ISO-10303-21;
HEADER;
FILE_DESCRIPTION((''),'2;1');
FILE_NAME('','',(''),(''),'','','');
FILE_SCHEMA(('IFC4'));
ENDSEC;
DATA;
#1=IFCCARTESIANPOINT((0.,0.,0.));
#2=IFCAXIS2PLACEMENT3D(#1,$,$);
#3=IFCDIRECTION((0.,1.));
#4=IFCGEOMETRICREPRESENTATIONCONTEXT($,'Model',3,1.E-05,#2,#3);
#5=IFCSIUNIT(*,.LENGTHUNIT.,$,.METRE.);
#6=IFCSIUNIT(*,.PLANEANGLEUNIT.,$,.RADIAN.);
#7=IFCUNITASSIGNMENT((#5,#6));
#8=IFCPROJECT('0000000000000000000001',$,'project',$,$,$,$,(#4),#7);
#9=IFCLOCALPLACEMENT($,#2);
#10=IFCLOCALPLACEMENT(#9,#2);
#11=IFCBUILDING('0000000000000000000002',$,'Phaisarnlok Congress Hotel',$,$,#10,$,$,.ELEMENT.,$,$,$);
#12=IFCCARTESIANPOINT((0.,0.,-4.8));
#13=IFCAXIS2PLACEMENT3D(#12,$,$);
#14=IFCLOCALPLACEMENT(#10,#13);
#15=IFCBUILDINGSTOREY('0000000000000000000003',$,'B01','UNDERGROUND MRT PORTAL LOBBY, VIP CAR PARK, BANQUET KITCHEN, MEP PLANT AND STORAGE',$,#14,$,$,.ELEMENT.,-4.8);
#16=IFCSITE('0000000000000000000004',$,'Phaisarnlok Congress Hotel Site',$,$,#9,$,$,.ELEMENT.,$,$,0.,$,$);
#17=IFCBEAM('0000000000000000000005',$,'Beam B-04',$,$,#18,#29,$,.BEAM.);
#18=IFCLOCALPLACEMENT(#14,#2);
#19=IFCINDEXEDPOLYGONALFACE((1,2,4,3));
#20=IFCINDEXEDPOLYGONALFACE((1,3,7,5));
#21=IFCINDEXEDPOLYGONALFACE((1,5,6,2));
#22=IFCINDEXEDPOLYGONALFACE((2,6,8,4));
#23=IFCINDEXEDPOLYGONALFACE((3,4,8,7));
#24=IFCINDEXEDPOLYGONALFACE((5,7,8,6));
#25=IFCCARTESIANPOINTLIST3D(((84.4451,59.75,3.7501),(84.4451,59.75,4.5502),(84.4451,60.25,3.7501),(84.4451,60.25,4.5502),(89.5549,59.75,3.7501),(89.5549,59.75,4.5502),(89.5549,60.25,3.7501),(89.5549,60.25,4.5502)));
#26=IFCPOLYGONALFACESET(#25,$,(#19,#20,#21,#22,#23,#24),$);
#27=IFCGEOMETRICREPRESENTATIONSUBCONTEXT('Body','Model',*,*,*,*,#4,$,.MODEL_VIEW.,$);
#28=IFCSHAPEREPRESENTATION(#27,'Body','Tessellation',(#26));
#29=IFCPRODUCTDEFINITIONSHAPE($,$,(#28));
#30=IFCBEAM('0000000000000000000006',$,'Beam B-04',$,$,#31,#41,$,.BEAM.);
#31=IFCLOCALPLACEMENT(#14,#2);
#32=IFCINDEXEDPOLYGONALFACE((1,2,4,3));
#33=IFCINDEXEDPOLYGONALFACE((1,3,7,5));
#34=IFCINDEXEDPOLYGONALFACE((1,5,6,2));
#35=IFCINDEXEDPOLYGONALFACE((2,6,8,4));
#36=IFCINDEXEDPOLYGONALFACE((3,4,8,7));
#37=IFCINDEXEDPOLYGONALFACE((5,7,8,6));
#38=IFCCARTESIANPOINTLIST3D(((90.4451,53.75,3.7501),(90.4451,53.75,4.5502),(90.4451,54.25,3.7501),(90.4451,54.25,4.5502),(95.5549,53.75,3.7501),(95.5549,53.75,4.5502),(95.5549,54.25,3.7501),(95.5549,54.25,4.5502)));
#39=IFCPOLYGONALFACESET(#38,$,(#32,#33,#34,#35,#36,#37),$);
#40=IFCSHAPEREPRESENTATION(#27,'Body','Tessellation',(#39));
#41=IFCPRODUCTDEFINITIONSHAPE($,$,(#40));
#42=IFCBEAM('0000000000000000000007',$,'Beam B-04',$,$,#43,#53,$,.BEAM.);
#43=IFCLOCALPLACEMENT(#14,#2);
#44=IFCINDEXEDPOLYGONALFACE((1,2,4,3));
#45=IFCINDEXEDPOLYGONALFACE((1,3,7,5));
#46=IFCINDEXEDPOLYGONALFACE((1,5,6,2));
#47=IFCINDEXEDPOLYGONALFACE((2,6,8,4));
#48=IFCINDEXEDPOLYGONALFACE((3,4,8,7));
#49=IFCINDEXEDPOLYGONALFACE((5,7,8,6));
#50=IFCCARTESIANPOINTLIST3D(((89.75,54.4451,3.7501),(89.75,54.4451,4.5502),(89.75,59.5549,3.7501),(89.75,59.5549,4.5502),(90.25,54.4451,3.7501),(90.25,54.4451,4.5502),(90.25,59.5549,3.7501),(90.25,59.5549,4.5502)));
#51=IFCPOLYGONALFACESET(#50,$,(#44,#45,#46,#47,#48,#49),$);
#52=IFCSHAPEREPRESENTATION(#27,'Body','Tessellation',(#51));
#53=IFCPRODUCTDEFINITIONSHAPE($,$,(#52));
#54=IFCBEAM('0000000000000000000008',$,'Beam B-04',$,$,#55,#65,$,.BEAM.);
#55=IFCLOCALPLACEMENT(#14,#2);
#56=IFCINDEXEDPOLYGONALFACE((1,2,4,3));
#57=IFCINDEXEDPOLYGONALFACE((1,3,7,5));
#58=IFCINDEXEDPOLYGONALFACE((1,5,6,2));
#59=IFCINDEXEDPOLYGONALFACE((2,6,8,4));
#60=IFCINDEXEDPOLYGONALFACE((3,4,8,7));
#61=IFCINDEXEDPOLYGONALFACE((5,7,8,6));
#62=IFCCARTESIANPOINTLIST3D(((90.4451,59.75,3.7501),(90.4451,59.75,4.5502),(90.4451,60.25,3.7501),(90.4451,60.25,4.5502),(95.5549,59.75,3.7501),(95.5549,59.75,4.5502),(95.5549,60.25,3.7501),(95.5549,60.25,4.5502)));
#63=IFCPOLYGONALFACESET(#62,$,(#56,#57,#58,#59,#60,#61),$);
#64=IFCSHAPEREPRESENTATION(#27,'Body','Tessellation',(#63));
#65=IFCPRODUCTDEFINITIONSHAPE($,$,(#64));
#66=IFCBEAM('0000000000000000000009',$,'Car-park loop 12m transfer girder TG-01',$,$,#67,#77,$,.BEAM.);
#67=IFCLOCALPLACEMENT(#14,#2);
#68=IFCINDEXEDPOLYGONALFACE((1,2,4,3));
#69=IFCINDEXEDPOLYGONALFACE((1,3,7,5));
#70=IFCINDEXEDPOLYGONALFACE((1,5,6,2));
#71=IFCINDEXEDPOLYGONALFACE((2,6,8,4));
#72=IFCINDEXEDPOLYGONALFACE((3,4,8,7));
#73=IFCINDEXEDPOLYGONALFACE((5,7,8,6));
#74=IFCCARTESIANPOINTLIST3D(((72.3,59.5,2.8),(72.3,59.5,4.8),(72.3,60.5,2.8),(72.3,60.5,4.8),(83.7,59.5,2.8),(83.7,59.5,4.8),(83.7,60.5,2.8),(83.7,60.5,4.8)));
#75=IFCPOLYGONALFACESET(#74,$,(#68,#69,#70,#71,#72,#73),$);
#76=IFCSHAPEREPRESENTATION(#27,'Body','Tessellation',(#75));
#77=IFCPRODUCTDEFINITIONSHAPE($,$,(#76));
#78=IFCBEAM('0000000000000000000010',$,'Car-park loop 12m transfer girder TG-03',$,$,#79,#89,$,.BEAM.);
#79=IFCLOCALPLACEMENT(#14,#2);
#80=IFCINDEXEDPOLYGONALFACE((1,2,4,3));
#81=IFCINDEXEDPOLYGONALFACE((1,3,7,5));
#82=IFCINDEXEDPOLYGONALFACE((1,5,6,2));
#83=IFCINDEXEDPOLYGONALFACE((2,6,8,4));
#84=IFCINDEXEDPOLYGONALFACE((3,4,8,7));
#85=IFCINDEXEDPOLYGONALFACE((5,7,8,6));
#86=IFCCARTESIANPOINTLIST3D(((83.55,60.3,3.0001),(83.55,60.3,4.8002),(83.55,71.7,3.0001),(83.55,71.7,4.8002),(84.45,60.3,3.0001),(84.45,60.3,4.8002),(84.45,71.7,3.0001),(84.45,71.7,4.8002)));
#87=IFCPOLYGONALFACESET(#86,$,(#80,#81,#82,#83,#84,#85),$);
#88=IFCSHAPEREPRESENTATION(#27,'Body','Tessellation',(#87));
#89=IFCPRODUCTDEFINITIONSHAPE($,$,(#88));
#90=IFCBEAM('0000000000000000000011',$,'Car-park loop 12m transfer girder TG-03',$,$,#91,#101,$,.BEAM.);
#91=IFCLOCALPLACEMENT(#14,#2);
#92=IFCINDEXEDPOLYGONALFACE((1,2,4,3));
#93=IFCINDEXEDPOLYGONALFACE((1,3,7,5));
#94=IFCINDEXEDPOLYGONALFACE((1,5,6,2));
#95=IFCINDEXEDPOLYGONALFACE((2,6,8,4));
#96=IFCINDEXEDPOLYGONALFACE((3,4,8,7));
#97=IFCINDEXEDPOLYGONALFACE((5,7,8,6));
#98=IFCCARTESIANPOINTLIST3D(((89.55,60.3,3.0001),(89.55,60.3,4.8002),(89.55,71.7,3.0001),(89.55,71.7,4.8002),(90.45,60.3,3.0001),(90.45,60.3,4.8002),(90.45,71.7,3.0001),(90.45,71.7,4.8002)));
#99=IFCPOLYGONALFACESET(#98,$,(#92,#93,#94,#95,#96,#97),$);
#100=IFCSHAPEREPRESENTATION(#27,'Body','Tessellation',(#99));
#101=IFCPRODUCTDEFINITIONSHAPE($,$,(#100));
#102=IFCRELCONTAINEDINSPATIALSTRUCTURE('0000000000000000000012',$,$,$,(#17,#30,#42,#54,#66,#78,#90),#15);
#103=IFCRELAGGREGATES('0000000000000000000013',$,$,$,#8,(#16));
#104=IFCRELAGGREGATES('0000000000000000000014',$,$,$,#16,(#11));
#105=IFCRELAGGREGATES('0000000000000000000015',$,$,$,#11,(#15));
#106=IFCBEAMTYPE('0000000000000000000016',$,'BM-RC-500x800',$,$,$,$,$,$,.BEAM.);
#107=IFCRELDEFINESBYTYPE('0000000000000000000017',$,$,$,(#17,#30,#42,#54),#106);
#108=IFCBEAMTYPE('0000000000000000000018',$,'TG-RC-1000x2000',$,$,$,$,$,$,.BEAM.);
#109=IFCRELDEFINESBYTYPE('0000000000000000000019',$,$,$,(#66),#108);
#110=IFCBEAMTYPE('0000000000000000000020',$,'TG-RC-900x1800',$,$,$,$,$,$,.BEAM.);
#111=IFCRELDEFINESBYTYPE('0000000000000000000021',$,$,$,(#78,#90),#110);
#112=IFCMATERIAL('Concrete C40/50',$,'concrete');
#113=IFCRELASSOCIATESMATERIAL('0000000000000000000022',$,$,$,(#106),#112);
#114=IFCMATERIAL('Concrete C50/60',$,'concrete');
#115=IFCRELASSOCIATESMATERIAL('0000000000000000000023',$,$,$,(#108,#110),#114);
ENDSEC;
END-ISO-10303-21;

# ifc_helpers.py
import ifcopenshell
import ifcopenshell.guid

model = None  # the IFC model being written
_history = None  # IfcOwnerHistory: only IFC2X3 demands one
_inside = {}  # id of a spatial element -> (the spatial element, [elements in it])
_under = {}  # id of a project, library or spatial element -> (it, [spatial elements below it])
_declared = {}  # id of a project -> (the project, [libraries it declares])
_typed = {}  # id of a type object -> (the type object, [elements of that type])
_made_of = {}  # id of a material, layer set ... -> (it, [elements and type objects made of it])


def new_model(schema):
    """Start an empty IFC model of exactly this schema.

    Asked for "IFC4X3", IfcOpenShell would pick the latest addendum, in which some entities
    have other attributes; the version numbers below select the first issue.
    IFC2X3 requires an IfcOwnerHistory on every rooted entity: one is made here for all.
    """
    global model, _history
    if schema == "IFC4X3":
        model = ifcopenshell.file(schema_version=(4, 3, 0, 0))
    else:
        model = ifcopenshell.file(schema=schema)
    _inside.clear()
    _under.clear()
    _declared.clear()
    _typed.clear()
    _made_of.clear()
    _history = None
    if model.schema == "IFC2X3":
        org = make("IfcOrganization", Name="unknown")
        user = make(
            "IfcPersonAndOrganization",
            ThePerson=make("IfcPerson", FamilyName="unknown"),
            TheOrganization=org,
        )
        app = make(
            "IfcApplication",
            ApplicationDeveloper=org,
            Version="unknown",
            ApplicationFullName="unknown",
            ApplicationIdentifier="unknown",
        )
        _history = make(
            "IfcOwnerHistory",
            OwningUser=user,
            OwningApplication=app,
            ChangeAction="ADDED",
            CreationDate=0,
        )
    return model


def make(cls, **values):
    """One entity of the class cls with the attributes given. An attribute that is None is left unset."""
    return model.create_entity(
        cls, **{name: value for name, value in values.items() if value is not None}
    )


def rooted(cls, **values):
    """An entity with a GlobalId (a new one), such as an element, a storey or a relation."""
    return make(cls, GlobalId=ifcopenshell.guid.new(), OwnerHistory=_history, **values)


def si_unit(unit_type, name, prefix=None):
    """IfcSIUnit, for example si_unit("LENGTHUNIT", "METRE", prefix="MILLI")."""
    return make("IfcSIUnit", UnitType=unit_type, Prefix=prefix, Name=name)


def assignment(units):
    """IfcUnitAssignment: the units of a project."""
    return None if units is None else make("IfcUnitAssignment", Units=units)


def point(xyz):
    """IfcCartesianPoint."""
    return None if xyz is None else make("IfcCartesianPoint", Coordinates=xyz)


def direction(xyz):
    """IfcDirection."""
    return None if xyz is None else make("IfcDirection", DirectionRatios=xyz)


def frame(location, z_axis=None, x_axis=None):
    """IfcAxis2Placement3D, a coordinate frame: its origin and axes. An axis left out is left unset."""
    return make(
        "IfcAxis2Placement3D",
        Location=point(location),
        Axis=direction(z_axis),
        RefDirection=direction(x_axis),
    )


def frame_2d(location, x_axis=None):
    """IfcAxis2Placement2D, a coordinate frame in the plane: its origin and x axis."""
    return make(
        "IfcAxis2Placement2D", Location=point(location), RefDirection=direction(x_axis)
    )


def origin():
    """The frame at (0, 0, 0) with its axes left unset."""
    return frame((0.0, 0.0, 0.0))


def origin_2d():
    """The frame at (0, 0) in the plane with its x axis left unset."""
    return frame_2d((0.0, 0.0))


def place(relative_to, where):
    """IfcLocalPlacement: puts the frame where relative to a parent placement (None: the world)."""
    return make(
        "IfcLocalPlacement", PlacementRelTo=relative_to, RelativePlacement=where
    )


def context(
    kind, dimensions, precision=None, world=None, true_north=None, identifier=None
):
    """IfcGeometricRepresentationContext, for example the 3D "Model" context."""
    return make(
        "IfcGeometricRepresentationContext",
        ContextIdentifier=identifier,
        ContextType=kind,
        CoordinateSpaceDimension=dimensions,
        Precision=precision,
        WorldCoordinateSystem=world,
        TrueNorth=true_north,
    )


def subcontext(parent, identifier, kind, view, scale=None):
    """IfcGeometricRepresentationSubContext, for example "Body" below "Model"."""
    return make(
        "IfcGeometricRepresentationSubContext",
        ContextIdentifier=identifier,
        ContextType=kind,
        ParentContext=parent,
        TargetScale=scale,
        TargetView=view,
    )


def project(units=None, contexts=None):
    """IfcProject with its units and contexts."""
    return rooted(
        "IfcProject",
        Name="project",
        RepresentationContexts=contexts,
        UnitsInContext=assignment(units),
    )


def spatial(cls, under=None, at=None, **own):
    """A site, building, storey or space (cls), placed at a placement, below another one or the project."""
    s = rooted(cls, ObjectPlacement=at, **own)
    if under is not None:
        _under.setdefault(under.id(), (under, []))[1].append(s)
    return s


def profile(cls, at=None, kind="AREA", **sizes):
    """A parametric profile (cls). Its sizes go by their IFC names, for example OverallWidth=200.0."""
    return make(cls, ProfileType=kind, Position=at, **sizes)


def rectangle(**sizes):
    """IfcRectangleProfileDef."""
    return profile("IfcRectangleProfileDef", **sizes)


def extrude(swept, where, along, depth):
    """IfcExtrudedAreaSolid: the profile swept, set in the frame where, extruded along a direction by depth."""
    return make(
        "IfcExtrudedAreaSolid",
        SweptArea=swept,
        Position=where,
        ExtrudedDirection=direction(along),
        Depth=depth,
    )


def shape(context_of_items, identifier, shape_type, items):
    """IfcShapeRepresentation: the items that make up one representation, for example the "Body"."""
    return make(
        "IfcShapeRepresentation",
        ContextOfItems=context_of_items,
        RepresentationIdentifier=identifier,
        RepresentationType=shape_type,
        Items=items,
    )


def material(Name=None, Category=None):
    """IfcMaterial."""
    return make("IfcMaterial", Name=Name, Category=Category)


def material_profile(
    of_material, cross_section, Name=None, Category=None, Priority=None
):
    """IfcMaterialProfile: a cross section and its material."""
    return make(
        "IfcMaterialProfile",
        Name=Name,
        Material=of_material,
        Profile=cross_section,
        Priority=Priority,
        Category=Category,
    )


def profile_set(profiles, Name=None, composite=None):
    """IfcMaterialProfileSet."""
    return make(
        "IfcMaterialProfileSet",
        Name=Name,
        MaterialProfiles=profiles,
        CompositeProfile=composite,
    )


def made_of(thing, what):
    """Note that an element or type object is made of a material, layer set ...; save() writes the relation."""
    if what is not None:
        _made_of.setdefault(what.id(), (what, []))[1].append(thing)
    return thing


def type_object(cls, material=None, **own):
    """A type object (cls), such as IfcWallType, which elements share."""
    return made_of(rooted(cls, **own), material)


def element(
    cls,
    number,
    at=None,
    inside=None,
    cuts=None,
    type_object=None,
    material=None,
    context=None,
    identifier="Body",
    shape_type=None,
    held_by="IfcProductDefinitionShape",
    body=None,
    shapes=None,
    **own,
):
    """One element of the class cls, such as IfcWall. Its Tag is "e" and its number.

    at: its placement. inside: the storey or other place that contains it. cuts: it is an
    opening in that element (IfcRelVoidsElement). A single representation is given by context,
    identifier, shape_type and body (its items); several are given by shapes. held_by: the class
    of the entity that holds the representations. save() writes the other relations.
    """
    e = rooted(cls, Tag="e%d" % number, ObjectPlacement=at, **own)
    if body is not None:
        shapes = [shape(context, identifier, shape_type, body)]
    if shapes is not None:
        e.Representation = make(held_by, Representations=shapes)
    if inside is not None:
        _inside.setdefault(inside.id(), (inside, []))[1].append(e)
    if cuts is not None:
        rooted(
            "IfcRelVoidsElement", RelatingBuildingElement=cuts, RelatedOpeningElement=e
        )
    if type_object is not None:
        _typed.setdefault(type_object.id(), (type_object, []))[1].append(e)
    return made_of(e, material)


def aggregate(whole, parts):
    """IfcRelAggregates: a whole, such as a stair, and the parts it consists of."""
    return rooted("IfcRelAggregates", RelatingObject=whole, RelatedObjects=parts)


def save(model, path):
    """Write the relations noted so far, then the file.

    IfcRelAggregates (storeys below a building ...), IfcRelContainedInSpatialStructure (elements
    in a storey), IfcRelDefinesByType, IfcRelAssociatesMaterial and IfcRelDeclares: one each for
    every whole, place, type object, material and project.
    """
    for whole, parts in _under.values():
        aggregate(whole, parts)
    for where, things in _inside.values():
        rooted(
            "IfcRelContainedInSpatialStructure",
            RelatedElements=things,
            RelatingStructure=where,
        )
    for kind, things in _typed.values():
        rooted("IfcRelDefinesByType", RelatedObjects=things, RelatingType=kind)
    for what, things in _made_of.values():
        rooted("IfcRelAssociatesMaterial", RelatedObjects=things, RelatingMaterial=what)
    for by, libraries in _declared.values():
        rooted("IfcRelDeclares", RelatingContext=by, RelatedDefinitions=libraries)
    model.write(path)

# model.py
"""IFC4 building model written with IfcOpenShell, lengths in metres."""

from ifc_helpers import new_model, si_unit, direction, frame, origin, origin_2d, place, context, subcontext, project, spatial, rectangle, extrude, material, material_profile, profile_set, type_object, element, save


model = new_model("IFC4")

# Units and contexts
model_context = context("Model", 3, precision=1e-05, world=origin(), true_north=direction((0.0, 1.0)))
body_context = subcontext(model_context, "Body", "Model", "MODEL_VIEW")
ifc_project = project(units=[si_unit("LENGTHUNIT", "METRE"), si_unit("PLANEANGLEUNIT", "RADIAN")], contexts=[model_context])

# Site, building, storey
site_placement = place(None, origin())
site = spatial("IfcSite", under=ifc_project, at=site_placement, Name="Phaisarnlok Congress Hotel Site", CompositionType="ELEMENT", RefElevation=0.0)
building_placement = place(site_placement, origin())
building = spatial("IfcBuilding", under=site, at=building_placement, Name="Phaisarnlok Congress Hotel", CompositionType="ELEMENT")
storey_placement = place(building_placement, frame((0.0, 0.0, -4.8)))
storey = spatial("IfcBuildingStorey", under=building, at=storey_placement, Name="B01", Description="UNDERGROUND MRT PORTAL LOBBY, VIP CAR PARK, BANQUET KITCHEN, MEP PLANT AND STORAGE", CompositionType="ELEMENT", Elevation=-4.8)

# Shared definitions
ifc_material_1 = material(Name="Concrete C40/50", Category="concrete")

# Shared definitions
ifc_material_2 = material(Name="Concrete C50/60", Category="concrete")

# Beams
ifc_material_profile_1 = material_profile(ifc_material_1, rectangle(XDim=0.5, YDim=0.8, at=origin_2d()), Name="RC 500x800")
ifc_profile_set_1 = profile_set([ifc_material_profile_1], Name="Concrete C40/50")
beam_type_1 = type_object("IfcBeamType", Name="BM-RC-500x800", PredefinedType="BEAM", material=ifc_profile_set_1)
for number, where, z_axis, x_axis, name in (
    (1, (84.4451, 60.0, 4.1501), (1.0, 0.0, 0.0), (0.0, 1.0, 0.0), "Beam B-04"),
    (2, (90.4451, 54.0, 4.1501), (1.0, 0.0, 0.0), (0.0, 1.0, 0.0), "Beam B-04"),
    (3, (90.0, 54.4451, 4.1501), (0.0, 1.0, 0.0), (-1.0, 0.0, 0.0), "Beam B-04"),
    (4, (90.4451, 60.0, 4.1501), (1.0, 0.0, 0.0), (0.0, 1.0, 0.0), "Beam B-04"),
):
    element("IfcBeam", number, at=place(storey_placement, frame(where, z_axis=z_axis, x_axis=x_axis)), inside=storey, type_object=beam_type_1, Name=name, PredefinedType="BEAM", context=body_context, shape_type="SweptSolid", body=[
        extrude(rectangle(XDim=0.5, YDim=0.8, at=origin_2d()), origin(), (0.0, 0.0, 1.0), 5.1099),
    ])
ifc_material_profile_2 = material_profile(ifc_material_2, rectangle(XDim=1.0, YDim=2.0, at=origin_2d()), Name="RC 1000x2000")
ifc_profile_set_2 = profile_set([ifc_material_profile_2], Name="Concrete C50/60")
beam_type_2 = type_object("IfcBeamType", Name="TG-RC-1000x2000", PredefinedType="BEAM", material=ifc_profile_set_2)
beam_placement = place(storey_placement, frame((72.3, 60.0, 3.8), z_axis=(1.0, 0.0, 0.0), x_axis=(0.0, 1.0, 0.0)))
element("IfcBeam", 5, at=beam_placement, inside=storey, type_object=beam_type_2, Name="Car-park loop 12m transfer girder TG-01", PredefinedType="BEAM", context=body_context, shape_type="SweptSolid", body=[
    extrude(rectangle(XDim=1.0, YDim=2.0, at=origin_2d()), origin(), (0.0, 0.0, 1.0), 11.3999),
])
ifc_material_profile_3 = material_profile(ifc_material_2, rectangle(XDim=0.8999, YDim=1.8, at=origin_2d()), Name="RC 900x1800")
ifc_profile_set_3 = profile_set([ifc_material_profile_3], Name="Concrete C50/60")
beam_type_3 = type_object("IfcBeamType", Name="TG-RC-900x1800", PredefinedType="BEAM", material=ifc_profile_set_3)
for number, where, z_axis, x_axis, name in (
    (6, (84.0, 60.3, 3.9001), (0.0, 1.0, 0.0), (-1.0, 0.0, 0.0), "Car-park loop 12m transfer girder TG-03"),
    (7, (90.0, 60.3, 3.9001), (0.0, 1.0, 0.0), (-1.0, 0.0, 0.0), "Car-park loop 12m transfer girder TG-03"),
):
    element("IfcBeam", number, at=place(storey_placement, frame(where, z_axis=z_axis, x_axis=x_axis)), inside=storey, type_object=beam_type_3, Name=name, PredefinedType="BEAM", context=body_context, shape_type="SweptSolid", body=[
        extrude(rectangle(XDim=0.8999, YDim=1.8, at=origin_2d()), origin(), (0.0, 0.0, 1.0), 11.3999),
    ])

save(model, "model.ifc")
